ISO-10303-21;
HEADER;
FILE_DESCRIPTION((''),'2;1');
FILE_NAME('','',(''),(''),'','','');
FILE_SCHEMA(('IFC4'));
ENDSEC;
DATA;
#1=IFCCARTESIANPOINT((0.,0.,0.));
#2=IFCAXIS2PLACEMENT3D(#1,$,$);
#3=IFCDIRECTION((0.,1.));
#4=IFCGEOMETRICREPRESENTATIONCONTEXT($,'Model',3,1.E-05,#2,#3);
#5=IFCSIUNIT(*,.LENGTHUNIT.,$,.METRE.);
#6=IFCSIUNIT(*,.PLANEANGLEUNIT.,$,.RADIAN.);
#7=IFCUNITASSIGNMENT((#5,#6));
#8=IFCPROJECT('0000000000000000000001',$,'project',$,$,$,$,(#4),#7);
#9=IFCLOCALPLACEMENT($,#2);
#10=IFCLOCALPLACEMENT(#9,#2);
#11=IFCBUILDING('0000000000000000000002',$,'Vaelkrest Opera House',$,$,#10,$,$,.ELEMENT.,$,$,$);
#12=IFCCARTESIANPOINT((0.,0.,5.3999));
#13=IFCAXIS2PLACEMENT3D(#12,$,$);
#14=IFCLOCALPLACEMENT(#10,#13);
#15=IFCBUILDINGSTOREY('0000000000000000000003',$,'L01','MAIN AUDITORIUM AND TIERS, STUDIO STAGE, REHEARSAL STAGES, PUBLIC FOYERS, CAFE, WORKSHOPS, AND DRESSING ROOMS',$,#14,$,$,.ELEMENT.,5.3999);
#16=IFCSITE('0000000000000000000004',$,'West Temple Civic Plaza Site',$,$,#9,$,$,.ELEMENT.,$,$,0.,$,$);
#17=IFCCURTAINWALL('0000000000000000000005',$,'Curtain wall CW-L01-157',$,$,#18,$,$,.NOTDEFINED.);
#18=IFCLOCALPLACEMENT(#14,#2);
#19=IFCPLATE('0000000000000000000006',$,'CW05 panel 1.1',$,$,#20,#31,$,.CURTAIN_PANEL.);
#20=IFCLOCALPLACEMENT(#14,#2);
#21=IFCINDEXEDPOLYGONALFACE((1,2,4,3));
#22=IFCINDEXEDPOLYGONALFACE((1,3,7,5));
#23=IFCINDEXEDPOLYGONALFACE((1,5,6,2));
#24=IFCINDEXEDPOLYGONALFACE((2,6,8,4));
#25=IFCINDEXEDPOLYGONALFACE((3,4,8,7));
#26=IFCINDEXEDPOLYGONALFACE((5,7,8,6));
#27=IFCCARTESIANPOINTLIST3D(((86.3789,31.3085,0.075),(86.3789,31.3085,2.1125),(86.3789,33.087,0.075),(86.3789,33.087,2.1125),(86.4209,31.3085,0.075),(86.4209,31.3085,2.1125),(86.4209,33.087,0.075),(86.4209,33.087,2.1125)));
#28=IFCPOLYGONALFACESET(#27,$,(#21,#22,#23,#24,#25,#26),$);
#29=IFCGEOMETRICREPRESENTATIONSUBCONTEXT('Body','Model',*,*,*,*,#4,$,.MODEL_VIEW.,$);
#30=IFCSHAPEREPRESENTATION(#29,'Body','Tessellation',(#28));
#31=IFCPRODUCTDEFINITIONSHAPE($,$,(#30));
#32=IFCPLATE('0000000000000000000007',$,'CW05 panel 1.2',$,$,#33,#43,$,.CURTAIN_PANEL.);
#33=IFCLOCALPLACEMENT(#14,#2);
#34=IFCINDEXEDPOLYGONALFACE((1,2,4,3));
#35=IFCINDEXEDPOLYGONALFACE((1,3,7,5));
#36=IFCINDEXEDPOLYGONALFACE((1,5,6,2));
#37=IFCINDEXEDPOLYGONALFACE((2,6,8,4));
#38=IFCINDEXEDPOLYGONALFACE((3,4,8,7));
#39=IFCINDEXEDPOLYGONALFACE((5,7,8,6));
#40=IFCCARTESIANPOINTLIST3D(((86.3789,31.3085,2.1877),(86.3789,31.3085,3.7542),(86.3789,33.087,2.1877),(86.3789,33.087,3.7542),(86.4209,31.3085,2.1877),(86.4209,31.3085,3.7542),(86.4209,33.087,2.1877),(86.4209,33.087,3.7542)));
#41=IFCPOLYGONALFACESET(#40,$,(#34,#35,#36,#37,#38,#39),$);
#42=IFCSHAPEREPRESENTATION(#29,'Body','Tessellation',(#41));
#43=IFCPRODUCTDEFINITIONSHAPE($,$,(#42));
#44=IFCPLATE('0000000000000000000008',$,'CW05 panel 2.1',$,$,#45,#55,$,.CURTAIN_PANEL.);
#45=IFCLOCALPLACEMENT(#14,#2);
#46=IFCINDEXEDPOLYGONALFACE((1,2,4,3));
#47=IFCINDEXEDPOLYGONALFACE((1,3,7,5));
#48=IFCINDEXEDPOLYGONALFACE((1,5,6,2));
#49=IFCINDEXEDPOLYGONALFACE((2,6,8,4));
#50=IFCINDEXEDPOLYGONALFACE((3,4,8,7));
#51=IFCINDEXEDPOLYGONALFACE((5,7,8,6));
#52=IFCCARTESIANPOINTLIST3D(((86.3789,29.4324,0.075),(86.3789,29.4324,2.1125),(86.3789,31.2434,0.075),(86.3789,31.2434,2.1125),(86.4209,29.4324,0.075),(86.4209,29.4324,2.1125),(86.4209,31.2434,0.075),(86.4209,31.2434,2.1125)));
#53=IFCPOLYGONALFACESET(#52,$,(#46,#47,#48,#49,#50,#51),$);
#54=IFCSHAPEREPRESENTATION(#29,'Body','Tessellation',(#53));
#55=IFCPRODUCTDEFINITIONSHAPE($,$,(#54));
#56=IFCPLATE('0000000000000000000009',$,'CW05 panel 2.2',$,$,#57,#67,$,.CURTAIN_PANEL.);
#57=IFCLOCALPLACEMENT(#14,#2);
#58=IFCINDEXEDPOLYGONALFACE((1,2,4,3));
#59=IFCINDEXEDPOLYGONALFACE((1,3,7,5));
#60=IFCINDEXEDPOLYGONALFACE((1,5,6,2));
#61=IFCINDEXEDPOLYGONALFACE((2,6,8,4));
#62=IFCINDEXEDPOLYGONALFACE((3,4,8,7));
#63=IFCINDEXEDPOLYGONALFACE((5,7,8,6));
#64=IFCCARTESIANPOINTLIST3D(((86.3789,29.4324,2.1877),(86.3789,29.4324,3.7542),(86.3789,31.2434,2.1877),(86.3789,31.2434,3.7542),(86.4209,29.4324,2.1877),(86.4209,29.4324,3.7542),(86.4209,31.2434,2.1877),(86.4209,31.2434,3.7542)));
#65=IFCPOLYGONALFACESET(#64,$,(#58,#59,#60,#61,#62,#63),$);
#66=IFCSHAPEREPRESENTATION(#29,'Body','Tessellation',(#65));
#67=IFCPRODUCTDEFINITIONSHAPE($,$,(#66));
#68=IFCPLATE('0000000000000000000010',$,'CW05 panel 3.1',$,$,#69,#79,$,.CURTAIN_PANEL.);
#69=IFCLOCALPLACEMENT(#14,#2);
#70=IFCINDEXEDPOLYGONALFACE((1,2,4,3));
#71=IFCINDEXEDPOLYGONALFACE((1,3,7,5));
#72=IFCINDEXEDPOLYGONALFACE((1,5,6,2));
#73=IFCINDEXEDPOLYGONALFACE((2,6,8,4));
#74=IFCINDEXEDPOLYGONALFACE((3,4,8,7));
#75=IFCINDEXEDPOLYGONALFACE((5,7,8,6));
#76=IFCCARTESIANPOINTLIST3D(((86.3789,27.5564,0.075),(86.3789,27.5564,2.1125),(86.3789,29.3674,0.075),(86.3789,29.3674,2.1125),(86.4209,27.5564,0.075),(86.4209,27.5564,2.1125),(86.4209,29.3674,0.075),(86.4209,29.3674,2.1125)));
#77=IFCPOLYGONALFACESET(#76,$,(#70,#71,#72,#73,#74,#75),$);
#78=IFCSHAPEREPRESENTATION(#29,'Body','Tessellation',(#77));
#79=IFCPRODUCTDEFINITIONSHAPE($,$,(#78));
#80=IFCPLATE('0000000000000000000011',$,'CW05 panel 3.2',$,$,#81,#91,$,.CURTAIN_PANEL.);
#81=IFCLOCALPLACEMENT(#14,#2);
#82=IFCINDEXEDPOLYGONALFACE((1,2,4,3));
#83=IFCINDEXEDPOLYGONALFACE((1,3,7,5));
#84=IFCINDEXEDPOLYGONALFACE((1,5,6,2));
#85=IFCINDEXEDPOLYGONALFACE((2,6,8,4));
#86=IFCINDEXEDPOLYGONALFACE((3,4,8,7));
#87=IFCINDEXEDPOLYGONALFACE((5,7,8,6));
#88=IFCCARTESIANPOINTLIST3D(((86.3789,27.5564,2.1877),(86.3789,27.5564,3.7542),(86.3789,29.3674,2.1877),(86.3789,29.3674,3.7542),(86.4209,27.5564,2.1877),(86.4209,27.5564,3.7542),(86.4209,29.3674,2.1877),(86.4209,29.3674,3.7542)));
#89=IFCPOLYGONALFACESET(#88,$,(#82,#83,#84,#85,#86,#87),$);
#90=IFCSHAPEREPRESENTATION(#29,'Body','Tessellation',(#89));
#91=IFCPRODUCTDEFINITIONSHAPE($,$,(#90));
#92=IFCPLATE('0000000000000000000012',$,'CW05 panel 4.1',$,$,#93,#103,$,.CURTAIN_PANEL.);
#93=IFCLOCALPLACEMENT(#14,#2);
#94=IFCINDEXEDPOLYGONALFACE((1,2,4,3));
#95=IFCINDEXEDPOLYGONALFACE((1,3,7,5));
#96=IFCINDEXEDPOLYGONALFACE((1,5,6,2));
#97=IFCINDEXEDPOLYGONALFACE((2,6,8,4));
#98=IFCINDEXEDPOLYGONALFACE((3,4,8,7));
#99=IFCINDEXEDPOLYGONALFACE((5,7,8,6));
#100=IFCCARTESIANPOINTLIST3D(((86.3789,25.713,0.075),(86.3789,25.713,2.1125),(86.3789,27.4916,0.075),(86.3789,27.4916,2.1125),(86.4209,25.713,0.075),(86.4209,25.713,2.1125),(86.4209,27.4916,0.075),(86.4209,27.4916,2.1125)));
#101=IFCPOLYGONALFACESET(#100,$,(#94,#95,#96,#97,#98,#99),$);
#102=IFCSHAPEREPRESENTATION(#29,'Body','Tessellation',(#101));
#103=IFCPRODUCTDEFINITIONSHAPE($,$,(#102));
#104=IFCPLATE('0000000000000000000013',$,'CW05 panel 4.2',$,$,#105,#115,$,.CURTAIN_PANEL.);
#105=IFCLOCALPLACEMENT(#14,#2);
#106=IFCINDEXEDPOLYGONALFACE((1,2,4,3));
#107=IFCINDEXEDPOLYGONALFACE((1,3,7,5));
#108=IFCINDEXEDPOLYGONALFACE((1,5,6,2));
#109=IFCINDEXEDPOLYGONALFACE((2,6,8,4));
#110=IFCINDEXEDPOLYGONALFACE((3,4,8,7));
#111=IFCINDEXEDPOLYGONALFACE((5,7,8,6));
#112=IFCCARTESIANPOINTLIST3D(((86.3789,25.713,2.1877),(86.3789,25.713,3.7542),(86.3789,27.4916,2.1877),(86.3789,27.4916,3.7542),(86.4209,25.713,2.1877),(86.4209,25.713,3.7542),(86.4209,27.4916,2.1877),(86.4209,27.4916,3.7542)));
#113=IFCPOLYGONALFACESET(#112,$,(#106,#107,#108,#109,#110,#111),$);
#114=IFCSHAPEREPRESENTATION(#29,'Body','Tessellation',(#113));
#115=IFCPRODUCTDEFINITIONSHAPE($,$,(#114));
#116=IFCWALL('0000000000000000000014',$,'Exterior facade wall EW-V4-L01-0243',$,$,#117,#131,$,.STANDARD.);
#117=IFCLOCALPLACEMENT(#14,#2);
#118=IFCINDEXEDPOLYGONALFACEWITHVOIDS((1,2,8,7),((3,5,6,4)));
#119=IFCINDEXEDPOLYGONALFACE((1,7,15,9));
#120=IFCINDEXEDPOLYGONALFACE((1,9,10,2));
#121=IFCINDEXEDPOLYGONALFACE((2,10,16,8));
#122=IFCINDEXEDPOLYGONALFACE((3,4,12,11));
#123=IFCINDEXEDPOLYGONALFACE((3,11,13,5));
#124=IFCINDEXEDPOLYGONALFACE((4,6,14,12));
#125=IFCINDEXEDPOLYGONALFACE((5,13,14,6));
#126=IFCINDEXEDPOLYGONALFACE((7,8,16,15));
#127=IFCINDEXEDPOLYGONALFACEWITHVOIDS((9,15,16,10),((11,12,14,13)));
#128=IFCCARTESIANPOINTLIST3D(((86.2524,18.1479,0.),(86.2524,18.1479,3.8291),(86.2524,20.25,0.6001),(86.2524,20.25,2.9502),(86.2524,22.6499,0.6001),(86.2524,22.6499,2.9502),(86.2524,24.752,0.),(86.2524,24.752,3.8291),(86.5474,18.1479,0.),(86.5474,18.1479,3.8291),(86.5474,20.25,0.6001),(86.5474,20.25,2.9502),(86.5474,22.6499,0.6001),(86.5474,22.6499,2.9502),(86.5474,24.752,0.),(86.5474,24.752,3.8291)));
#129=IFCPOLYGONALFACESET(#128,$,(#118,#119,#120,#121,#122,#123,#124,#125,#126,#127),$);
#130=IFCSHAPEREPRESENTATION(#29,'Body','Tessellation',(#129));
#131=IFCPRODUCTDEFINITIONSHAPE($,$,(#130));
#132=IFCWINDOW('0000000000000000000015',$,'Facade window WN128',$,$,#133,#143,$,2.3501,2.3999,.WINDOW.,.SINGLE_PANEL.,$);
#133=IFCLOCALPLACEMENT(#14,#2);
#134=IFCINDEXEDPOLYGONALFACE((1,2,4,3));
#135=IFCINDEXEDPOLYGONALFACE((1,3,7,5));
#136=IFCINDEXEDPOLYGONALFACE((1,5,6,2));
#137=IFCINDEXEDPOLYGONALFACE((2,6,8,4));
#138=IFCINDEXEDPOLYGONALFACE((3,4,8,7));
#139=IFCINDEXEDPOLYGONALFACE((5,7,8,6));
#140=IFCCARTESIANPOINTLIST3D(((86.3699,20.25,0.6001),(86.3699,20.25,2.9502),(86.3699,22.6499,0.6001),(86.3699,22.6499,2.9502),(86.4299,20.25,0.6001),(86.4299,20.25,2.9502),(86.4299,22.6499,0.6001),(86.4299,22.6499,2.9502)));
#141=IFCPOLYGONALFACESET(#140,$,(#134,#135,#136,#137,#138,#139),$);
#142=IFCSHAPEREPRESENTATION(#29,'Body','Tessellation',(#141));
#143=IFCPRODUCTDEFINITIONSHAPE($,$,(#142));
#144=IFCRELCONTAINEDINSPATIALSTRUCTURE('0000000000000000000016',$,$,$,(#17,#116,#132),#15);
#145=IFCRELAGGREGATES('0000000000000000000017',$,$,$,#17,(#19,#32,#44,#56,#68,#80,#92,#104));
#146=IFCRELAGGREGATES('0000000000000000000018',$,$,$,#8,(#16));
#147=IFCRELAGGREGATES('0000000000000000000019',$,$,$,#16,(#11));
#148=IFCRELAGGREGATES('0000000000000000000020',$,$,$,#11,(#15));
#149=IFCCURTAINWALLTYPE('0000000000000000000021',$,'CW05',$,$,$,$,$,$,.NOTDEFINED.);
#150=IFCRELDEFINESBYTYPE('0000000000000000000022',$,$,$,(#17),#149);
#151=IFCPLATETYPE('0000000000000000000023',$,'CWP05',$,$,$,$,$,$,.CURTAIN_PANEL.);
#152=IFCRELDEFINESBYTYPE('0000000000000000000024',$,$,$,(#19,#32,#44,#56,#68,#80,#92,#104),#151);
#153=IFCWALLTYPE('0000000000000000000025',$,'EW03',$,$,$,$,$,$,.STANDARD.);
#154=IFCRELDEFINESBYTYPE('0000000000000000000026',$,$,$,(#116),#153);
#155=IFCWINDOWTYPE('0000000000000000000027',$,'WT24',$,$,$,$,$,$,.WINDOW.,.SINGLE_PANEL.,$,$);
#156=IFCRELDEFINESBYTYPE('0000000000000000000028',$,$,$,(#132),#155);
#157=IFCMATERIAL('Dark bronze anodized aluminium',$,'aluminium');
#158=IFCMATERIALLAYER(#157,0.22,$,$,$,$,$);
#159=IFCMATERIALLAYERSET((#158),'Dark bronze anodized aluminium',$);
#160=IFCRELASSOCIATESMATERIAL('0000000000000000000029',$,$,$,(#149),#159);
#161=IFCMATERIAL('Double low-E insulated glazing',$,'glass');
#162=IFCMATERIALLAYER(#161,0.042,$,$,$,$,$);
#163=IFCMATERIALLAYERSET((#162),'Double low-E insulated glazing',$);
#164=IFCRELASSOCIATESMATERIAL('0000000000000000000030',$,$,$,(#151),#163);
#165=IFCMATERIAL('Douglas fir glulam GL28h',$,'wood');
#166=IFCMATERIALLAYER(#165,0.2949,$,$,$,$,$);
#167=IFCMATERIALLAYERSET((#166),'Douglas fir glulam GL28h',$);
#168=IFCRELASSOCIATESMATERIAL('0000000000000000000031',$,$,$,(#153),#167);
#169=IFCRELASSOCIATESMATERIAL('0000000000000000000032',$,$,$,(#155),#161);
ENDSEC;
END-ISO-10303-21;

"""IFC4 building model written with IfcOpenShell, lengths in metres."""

from ifc_helpers import new_model, si_unit, direction, frame, frame_2d, origin, origin_2d, place, context, subcontext, project, spatial, rectangle, extrude, material, layer, layer_set, type_object, element, fill, aggregate, save


model = new_model("IFC4")

# Units and contexts
model_context = context("Model", 3, precision=1e-05, world=origin(), true_north=direction((0.0, 1.0)))
body_context = subcontext(model_context, "Body", "Model", "MODEL_VIEW")
ifc_project = project(units=[si_unit("LENGTHUNIT", "METRE"), si_unit("PLANEANGLEUNIT", "RADIAN")], contexts=[model_context])

# Site, building, storey
site_placement = place(None, origin())
site = spatial("IfcSite", under=ifc_project, at=site_placement, Name="West Temple Civic Plaza Site", CompositionType="ELEMENT", RefElevation=0.0)
building_placement = place(site_placement, origin())
building = spatial("IfcBuilding", under=site, at=building_placement, Name="Vaelkrest Opera House", CompositionType="ELEMENT")
storey_placement = place(building_placement, frame((0.0, 0.0, 5.3999)))
storey = spatial("IfcBuildingStorey", under=building, at=storey_placement, Name="L01", Description="MAIN AUDITORIUM AND TIERS, STUDIO STAGE, REHEARSAL STAGES, PUBLIC FOYERS, CAFE, WORKSHOPS, AND DRESSING ROOMS", CompositionType="ELEMENT", Elevation=5.3999)

# Curtain wall
ifc_material_1 = material(Name="Dark bronze anodized aluminium", Category="aluminium")
ifc_layer_1 = layer(ifc_material_1, 0.22)
ifc_layer_set_1 = layer_set([ifc_layer_1], Name="Dark bronze anodized aluminium")
curtain_wall_type = type_object("IfcCurtainWallType", Name="CW05", PredefinedType="NOTDEFINED", material=ifc_layer_set_1)
curtain_wall_placement = place(storey_placement, origin())
curtain_wall = element("IfcCurtainWall", 1, at=curtain_wall_placement, inside=storey, type_object=curtain_wall_type, Name="Curtain wall CW-L01-157", PredefinedType="NOTDEFINED")

# Plates
ifc_material_2 = material(Name="Double low-E insulated glazing", Category="glass")
ifc_layer_2 = layer(ifc_material_2, 0.042)
ifc_layer_set_2 = layer_set([ifc_layer_2], Name="Double low-E insulated glazing")
plate_type = type_object("IfcPlateType", Name="CWP05", PredefinedType="CURTAIN_PANEL", material=ifc_layer_set_2)
plate_1_placement = place(storey_placement, frame((86.3999, 32.1978, 0.075), z_axis=(0.0, 0.0, 1.0), x_axis=(0.0, -1.0, 0.0)))
plate_1 = element("IfcPlate", 2, at=plate_1_placement, type_object=plate_type, Name="CW05 panel 1.1", PredefinedType="CURTAIN_PANEL", context=body_context, shape_type="SweptSolid", body=[
    extrude(rectangle(XDim=1.7786, YDim=0.042, at=origin_2d()), origin(), (0.0, 0.0, 1.0), 2.0376),
])
plate_2_placement = place(storey_placement, frame((86.3999, 32.1978, 2.1877), z_axis=(0.0, 0.0, 1.0), x_axis=(0.0, -1.0, 0.0)))
plate_2 = element("IfcPlate", 3, at=plate_2_placement, type_object=plate_type, Name="CW05 panel 1.2", PredefinedType="CURTAIN_PANEL", context=body_context, shape_type="SweptSolid", body=[
    extrude(rectangle(XDim=1.7786, YDim=0.042, at=origin_2d()), origin(), (0.0, 0.0, 1.0), 1.5664),
])
plate_3_placement = place(storey_placement, frame((86.3999, 30.3379, 0.075), z_axis=(0.0, 0.0, 1.0), x_axis=(0.0, -1.0, 0.0)))
plate_3 = element("IfcPlate", 4, at=plate_3_placement, type_object=plate_type, Name="CW05 panel 2.1", PredefinedType="CURTAIN_PANEL", context=body_context, shape_type="SweptSolid", body=[
    extrude(rectangle(XDim=1.811, YDim=0.042, at=origin_2d()), origin(), (0.0, 0.0, 1.0), 2.0376),
])
plate_4_placement = place(storey_placement, frame((86.3999, 30.3379, 2.1877), z_axis=(0.0, 0.0, 1.0), x_axis=(0.0, -1.0, 0.0)))
plate_4 = element("IfcPlate", 5, at=plate_4_placement, type_object=plate_type, Name="CW05 panel 2.2", PredefinedType="CURTAIN_PANEL", context=body_context, shape_type="SweptSolid", body=[
    extrude(rectangle(XDim=1.811, YDim=0.042, at=origin_2d()), origin(), (0.0, 0.0, 1.0), 1.5664),
])
plate_5_placement = place(storey_placement, frame((86.3999, 28.4619, 0.075), z_axis=(0.0, 0.0, 1.0), x_axis=(0.0, -1.0, 0.0)))
plate_5 = element("IfcPlate", 6, at=plate_5_placement, type_object=plate_type, Name="CW05 panel 3.1", PredefinedType="CURTAIN_PANEL", context=body_context, shape_type="SweptSolid", body=[
    extrude(rectangle(XDim=1.811, YDim=0.042, at=origin_2d()), origin(), (0.0, 0.0, 1.0), 2.0376),
])
plate_6_placement = place(storey_placement, frame((86.3999, 28.4619, 2.1877), z_axis=(0.0, 0.0, 1.0), x_axis=(0.0, -1.0, 0.0)))
plate_6 = element("IfcPlate", 7, at=plate_6_placement, type_object=plate_type, Name="CW05 panel 3.2", PredefinedType="CURTAIN_PANEL", context=body_context, shape_type="SweptSolid", body=[
    extrude(rectangle(XDim=1.811, YDim=0.042, at=origin_2d()), origin(), (0.0, 0.0, 1.0), 1.5664),
])
plate_7_placement = place(storey_placement, frame((86.3999, 26.6023, 0.075), z_axis=(0.0, 0.0, 1.0), x_axis=(0.0, -1.0, 0.0)))
plate_7 = element("IfcPlate", 8, at=plate_7_placement, type_object=plate_type, Name="CW05 panel 4.1", PredefinedType="CURTAIN_PANEL", context=body_context, shape_type="SweptSolid", body=[
    extrude(rectangle(XDim=1.7786, YDim=0.042, at=origin_2d()), origin(), (0.0, 0.0, 1.0), 2.0376),
])
plate_8_placement = place(storey_placement, frame((86.3999, 26.6023, 2.1877), z_axis=(0.0, 0.0, 1.0), x_axis=(0.0, -1.0, 0.0)))
plate_8 = element("IfcPlate", 9, at=plate_8_placement, type_object=plate_type, Name="CW05 panel 4.2", PredefinedType="CURTAIN_PANEL", context=body_context, shape_type="SweptSolid", body=[
    extrude(rectangle(XDim=1.7786, YDim=0.042, at=origin_2d()), origin(), (0.0, 0.0, 1.0), 1.5664),
])
aggregate(curtain_wall, [plate_1, plate_2, plate_3, plate_4, plate_5, plate_6, plate_7, plate_8])

# Wall, opening, window
ifc_material_3 = material(Name="Douglas fir glulam GL28h", Category="wood")
ifc_layer_3 = layer(ifc_material_3, 0.2949)
ifc_layer_set_3 = layer_set([ifc_layer_3], Name="Douglas fir glulam GL28h")
wall_type = type_object("IfcWallType", Name="EW03", PredefinedType="STANDARD", material=ifc_layer_set_3)
wall_placement = place(storey_placement, frame((86.3999, 24.752, 0.0), z_axis=(0.0, 0.0, 1.0), x_axis=(0.0, -1.0, 0.0)))
wall = element("IfcWall", 10, at=wall_placement, inside=storey, type_object=wall_type, Name="Exterior facade wall EW-V4-L01-0243", PredefinedType="STANDARD", context=body_context, shape_type="SweptSolid", body=[
    extrude(rectangle(XDim=6.604, YDim=0.2949, at=frame_2d((3.302, 0.0))), origin(), (0.0, 0.0, 1.0), 3.8291),
])
opening_placement = place(wall_placement, frame((2.1021, 0.0, 0.6001)))
opening = element("IfcOpeningElement", 11, at=opening_placement, cuts=wall, PredefinedType="OPENING", context=body_context, shape_type="SweptSolid", body=[
    extrude(rectangle(XDim=2.3999, YDim=2.3501, at=frame_2d((1.2, 1.175))), frame((0.0, 0.1575, 0.0), z_axis=(0.0, -1.0, 0.0), x_axis=(1.0, 0.0, 0.0)), (0.0, 0.0, 1.0), 0.3149),
])
window_type = type_object("IfcWindowType", Name="WT24", PartitioningType="SINGLE_PANEL", PredefinedType="WINDOW", material=ifc_material_2)
window_placement = place(opening_placement, origin())
window = element("IfcWindow", 12, at=window_placement, inside=storey, type_object=window_type, Name="Facade window WN128", OverallHeight=2.3501, OverallWidth=2.3999, PartitioningType="SINGLE_PANEL", PredefinedType="WINDOW", context=body_context, shape_type="SweptSolid", body=[
    extrude(rectangle(XDim=2.3999, YDim=2.3501, at=frame_2d((1.2, 1.175))), frame((0.0, 0.03, 0.0), z_axis=(0.0, -1.0, 0.0), x_axis=(1.0, 0.0, 0.0)), (0.0, 0.0, 1.0), 0.0601),
])
fill(opening, window)

save(model, "model.ifc")
